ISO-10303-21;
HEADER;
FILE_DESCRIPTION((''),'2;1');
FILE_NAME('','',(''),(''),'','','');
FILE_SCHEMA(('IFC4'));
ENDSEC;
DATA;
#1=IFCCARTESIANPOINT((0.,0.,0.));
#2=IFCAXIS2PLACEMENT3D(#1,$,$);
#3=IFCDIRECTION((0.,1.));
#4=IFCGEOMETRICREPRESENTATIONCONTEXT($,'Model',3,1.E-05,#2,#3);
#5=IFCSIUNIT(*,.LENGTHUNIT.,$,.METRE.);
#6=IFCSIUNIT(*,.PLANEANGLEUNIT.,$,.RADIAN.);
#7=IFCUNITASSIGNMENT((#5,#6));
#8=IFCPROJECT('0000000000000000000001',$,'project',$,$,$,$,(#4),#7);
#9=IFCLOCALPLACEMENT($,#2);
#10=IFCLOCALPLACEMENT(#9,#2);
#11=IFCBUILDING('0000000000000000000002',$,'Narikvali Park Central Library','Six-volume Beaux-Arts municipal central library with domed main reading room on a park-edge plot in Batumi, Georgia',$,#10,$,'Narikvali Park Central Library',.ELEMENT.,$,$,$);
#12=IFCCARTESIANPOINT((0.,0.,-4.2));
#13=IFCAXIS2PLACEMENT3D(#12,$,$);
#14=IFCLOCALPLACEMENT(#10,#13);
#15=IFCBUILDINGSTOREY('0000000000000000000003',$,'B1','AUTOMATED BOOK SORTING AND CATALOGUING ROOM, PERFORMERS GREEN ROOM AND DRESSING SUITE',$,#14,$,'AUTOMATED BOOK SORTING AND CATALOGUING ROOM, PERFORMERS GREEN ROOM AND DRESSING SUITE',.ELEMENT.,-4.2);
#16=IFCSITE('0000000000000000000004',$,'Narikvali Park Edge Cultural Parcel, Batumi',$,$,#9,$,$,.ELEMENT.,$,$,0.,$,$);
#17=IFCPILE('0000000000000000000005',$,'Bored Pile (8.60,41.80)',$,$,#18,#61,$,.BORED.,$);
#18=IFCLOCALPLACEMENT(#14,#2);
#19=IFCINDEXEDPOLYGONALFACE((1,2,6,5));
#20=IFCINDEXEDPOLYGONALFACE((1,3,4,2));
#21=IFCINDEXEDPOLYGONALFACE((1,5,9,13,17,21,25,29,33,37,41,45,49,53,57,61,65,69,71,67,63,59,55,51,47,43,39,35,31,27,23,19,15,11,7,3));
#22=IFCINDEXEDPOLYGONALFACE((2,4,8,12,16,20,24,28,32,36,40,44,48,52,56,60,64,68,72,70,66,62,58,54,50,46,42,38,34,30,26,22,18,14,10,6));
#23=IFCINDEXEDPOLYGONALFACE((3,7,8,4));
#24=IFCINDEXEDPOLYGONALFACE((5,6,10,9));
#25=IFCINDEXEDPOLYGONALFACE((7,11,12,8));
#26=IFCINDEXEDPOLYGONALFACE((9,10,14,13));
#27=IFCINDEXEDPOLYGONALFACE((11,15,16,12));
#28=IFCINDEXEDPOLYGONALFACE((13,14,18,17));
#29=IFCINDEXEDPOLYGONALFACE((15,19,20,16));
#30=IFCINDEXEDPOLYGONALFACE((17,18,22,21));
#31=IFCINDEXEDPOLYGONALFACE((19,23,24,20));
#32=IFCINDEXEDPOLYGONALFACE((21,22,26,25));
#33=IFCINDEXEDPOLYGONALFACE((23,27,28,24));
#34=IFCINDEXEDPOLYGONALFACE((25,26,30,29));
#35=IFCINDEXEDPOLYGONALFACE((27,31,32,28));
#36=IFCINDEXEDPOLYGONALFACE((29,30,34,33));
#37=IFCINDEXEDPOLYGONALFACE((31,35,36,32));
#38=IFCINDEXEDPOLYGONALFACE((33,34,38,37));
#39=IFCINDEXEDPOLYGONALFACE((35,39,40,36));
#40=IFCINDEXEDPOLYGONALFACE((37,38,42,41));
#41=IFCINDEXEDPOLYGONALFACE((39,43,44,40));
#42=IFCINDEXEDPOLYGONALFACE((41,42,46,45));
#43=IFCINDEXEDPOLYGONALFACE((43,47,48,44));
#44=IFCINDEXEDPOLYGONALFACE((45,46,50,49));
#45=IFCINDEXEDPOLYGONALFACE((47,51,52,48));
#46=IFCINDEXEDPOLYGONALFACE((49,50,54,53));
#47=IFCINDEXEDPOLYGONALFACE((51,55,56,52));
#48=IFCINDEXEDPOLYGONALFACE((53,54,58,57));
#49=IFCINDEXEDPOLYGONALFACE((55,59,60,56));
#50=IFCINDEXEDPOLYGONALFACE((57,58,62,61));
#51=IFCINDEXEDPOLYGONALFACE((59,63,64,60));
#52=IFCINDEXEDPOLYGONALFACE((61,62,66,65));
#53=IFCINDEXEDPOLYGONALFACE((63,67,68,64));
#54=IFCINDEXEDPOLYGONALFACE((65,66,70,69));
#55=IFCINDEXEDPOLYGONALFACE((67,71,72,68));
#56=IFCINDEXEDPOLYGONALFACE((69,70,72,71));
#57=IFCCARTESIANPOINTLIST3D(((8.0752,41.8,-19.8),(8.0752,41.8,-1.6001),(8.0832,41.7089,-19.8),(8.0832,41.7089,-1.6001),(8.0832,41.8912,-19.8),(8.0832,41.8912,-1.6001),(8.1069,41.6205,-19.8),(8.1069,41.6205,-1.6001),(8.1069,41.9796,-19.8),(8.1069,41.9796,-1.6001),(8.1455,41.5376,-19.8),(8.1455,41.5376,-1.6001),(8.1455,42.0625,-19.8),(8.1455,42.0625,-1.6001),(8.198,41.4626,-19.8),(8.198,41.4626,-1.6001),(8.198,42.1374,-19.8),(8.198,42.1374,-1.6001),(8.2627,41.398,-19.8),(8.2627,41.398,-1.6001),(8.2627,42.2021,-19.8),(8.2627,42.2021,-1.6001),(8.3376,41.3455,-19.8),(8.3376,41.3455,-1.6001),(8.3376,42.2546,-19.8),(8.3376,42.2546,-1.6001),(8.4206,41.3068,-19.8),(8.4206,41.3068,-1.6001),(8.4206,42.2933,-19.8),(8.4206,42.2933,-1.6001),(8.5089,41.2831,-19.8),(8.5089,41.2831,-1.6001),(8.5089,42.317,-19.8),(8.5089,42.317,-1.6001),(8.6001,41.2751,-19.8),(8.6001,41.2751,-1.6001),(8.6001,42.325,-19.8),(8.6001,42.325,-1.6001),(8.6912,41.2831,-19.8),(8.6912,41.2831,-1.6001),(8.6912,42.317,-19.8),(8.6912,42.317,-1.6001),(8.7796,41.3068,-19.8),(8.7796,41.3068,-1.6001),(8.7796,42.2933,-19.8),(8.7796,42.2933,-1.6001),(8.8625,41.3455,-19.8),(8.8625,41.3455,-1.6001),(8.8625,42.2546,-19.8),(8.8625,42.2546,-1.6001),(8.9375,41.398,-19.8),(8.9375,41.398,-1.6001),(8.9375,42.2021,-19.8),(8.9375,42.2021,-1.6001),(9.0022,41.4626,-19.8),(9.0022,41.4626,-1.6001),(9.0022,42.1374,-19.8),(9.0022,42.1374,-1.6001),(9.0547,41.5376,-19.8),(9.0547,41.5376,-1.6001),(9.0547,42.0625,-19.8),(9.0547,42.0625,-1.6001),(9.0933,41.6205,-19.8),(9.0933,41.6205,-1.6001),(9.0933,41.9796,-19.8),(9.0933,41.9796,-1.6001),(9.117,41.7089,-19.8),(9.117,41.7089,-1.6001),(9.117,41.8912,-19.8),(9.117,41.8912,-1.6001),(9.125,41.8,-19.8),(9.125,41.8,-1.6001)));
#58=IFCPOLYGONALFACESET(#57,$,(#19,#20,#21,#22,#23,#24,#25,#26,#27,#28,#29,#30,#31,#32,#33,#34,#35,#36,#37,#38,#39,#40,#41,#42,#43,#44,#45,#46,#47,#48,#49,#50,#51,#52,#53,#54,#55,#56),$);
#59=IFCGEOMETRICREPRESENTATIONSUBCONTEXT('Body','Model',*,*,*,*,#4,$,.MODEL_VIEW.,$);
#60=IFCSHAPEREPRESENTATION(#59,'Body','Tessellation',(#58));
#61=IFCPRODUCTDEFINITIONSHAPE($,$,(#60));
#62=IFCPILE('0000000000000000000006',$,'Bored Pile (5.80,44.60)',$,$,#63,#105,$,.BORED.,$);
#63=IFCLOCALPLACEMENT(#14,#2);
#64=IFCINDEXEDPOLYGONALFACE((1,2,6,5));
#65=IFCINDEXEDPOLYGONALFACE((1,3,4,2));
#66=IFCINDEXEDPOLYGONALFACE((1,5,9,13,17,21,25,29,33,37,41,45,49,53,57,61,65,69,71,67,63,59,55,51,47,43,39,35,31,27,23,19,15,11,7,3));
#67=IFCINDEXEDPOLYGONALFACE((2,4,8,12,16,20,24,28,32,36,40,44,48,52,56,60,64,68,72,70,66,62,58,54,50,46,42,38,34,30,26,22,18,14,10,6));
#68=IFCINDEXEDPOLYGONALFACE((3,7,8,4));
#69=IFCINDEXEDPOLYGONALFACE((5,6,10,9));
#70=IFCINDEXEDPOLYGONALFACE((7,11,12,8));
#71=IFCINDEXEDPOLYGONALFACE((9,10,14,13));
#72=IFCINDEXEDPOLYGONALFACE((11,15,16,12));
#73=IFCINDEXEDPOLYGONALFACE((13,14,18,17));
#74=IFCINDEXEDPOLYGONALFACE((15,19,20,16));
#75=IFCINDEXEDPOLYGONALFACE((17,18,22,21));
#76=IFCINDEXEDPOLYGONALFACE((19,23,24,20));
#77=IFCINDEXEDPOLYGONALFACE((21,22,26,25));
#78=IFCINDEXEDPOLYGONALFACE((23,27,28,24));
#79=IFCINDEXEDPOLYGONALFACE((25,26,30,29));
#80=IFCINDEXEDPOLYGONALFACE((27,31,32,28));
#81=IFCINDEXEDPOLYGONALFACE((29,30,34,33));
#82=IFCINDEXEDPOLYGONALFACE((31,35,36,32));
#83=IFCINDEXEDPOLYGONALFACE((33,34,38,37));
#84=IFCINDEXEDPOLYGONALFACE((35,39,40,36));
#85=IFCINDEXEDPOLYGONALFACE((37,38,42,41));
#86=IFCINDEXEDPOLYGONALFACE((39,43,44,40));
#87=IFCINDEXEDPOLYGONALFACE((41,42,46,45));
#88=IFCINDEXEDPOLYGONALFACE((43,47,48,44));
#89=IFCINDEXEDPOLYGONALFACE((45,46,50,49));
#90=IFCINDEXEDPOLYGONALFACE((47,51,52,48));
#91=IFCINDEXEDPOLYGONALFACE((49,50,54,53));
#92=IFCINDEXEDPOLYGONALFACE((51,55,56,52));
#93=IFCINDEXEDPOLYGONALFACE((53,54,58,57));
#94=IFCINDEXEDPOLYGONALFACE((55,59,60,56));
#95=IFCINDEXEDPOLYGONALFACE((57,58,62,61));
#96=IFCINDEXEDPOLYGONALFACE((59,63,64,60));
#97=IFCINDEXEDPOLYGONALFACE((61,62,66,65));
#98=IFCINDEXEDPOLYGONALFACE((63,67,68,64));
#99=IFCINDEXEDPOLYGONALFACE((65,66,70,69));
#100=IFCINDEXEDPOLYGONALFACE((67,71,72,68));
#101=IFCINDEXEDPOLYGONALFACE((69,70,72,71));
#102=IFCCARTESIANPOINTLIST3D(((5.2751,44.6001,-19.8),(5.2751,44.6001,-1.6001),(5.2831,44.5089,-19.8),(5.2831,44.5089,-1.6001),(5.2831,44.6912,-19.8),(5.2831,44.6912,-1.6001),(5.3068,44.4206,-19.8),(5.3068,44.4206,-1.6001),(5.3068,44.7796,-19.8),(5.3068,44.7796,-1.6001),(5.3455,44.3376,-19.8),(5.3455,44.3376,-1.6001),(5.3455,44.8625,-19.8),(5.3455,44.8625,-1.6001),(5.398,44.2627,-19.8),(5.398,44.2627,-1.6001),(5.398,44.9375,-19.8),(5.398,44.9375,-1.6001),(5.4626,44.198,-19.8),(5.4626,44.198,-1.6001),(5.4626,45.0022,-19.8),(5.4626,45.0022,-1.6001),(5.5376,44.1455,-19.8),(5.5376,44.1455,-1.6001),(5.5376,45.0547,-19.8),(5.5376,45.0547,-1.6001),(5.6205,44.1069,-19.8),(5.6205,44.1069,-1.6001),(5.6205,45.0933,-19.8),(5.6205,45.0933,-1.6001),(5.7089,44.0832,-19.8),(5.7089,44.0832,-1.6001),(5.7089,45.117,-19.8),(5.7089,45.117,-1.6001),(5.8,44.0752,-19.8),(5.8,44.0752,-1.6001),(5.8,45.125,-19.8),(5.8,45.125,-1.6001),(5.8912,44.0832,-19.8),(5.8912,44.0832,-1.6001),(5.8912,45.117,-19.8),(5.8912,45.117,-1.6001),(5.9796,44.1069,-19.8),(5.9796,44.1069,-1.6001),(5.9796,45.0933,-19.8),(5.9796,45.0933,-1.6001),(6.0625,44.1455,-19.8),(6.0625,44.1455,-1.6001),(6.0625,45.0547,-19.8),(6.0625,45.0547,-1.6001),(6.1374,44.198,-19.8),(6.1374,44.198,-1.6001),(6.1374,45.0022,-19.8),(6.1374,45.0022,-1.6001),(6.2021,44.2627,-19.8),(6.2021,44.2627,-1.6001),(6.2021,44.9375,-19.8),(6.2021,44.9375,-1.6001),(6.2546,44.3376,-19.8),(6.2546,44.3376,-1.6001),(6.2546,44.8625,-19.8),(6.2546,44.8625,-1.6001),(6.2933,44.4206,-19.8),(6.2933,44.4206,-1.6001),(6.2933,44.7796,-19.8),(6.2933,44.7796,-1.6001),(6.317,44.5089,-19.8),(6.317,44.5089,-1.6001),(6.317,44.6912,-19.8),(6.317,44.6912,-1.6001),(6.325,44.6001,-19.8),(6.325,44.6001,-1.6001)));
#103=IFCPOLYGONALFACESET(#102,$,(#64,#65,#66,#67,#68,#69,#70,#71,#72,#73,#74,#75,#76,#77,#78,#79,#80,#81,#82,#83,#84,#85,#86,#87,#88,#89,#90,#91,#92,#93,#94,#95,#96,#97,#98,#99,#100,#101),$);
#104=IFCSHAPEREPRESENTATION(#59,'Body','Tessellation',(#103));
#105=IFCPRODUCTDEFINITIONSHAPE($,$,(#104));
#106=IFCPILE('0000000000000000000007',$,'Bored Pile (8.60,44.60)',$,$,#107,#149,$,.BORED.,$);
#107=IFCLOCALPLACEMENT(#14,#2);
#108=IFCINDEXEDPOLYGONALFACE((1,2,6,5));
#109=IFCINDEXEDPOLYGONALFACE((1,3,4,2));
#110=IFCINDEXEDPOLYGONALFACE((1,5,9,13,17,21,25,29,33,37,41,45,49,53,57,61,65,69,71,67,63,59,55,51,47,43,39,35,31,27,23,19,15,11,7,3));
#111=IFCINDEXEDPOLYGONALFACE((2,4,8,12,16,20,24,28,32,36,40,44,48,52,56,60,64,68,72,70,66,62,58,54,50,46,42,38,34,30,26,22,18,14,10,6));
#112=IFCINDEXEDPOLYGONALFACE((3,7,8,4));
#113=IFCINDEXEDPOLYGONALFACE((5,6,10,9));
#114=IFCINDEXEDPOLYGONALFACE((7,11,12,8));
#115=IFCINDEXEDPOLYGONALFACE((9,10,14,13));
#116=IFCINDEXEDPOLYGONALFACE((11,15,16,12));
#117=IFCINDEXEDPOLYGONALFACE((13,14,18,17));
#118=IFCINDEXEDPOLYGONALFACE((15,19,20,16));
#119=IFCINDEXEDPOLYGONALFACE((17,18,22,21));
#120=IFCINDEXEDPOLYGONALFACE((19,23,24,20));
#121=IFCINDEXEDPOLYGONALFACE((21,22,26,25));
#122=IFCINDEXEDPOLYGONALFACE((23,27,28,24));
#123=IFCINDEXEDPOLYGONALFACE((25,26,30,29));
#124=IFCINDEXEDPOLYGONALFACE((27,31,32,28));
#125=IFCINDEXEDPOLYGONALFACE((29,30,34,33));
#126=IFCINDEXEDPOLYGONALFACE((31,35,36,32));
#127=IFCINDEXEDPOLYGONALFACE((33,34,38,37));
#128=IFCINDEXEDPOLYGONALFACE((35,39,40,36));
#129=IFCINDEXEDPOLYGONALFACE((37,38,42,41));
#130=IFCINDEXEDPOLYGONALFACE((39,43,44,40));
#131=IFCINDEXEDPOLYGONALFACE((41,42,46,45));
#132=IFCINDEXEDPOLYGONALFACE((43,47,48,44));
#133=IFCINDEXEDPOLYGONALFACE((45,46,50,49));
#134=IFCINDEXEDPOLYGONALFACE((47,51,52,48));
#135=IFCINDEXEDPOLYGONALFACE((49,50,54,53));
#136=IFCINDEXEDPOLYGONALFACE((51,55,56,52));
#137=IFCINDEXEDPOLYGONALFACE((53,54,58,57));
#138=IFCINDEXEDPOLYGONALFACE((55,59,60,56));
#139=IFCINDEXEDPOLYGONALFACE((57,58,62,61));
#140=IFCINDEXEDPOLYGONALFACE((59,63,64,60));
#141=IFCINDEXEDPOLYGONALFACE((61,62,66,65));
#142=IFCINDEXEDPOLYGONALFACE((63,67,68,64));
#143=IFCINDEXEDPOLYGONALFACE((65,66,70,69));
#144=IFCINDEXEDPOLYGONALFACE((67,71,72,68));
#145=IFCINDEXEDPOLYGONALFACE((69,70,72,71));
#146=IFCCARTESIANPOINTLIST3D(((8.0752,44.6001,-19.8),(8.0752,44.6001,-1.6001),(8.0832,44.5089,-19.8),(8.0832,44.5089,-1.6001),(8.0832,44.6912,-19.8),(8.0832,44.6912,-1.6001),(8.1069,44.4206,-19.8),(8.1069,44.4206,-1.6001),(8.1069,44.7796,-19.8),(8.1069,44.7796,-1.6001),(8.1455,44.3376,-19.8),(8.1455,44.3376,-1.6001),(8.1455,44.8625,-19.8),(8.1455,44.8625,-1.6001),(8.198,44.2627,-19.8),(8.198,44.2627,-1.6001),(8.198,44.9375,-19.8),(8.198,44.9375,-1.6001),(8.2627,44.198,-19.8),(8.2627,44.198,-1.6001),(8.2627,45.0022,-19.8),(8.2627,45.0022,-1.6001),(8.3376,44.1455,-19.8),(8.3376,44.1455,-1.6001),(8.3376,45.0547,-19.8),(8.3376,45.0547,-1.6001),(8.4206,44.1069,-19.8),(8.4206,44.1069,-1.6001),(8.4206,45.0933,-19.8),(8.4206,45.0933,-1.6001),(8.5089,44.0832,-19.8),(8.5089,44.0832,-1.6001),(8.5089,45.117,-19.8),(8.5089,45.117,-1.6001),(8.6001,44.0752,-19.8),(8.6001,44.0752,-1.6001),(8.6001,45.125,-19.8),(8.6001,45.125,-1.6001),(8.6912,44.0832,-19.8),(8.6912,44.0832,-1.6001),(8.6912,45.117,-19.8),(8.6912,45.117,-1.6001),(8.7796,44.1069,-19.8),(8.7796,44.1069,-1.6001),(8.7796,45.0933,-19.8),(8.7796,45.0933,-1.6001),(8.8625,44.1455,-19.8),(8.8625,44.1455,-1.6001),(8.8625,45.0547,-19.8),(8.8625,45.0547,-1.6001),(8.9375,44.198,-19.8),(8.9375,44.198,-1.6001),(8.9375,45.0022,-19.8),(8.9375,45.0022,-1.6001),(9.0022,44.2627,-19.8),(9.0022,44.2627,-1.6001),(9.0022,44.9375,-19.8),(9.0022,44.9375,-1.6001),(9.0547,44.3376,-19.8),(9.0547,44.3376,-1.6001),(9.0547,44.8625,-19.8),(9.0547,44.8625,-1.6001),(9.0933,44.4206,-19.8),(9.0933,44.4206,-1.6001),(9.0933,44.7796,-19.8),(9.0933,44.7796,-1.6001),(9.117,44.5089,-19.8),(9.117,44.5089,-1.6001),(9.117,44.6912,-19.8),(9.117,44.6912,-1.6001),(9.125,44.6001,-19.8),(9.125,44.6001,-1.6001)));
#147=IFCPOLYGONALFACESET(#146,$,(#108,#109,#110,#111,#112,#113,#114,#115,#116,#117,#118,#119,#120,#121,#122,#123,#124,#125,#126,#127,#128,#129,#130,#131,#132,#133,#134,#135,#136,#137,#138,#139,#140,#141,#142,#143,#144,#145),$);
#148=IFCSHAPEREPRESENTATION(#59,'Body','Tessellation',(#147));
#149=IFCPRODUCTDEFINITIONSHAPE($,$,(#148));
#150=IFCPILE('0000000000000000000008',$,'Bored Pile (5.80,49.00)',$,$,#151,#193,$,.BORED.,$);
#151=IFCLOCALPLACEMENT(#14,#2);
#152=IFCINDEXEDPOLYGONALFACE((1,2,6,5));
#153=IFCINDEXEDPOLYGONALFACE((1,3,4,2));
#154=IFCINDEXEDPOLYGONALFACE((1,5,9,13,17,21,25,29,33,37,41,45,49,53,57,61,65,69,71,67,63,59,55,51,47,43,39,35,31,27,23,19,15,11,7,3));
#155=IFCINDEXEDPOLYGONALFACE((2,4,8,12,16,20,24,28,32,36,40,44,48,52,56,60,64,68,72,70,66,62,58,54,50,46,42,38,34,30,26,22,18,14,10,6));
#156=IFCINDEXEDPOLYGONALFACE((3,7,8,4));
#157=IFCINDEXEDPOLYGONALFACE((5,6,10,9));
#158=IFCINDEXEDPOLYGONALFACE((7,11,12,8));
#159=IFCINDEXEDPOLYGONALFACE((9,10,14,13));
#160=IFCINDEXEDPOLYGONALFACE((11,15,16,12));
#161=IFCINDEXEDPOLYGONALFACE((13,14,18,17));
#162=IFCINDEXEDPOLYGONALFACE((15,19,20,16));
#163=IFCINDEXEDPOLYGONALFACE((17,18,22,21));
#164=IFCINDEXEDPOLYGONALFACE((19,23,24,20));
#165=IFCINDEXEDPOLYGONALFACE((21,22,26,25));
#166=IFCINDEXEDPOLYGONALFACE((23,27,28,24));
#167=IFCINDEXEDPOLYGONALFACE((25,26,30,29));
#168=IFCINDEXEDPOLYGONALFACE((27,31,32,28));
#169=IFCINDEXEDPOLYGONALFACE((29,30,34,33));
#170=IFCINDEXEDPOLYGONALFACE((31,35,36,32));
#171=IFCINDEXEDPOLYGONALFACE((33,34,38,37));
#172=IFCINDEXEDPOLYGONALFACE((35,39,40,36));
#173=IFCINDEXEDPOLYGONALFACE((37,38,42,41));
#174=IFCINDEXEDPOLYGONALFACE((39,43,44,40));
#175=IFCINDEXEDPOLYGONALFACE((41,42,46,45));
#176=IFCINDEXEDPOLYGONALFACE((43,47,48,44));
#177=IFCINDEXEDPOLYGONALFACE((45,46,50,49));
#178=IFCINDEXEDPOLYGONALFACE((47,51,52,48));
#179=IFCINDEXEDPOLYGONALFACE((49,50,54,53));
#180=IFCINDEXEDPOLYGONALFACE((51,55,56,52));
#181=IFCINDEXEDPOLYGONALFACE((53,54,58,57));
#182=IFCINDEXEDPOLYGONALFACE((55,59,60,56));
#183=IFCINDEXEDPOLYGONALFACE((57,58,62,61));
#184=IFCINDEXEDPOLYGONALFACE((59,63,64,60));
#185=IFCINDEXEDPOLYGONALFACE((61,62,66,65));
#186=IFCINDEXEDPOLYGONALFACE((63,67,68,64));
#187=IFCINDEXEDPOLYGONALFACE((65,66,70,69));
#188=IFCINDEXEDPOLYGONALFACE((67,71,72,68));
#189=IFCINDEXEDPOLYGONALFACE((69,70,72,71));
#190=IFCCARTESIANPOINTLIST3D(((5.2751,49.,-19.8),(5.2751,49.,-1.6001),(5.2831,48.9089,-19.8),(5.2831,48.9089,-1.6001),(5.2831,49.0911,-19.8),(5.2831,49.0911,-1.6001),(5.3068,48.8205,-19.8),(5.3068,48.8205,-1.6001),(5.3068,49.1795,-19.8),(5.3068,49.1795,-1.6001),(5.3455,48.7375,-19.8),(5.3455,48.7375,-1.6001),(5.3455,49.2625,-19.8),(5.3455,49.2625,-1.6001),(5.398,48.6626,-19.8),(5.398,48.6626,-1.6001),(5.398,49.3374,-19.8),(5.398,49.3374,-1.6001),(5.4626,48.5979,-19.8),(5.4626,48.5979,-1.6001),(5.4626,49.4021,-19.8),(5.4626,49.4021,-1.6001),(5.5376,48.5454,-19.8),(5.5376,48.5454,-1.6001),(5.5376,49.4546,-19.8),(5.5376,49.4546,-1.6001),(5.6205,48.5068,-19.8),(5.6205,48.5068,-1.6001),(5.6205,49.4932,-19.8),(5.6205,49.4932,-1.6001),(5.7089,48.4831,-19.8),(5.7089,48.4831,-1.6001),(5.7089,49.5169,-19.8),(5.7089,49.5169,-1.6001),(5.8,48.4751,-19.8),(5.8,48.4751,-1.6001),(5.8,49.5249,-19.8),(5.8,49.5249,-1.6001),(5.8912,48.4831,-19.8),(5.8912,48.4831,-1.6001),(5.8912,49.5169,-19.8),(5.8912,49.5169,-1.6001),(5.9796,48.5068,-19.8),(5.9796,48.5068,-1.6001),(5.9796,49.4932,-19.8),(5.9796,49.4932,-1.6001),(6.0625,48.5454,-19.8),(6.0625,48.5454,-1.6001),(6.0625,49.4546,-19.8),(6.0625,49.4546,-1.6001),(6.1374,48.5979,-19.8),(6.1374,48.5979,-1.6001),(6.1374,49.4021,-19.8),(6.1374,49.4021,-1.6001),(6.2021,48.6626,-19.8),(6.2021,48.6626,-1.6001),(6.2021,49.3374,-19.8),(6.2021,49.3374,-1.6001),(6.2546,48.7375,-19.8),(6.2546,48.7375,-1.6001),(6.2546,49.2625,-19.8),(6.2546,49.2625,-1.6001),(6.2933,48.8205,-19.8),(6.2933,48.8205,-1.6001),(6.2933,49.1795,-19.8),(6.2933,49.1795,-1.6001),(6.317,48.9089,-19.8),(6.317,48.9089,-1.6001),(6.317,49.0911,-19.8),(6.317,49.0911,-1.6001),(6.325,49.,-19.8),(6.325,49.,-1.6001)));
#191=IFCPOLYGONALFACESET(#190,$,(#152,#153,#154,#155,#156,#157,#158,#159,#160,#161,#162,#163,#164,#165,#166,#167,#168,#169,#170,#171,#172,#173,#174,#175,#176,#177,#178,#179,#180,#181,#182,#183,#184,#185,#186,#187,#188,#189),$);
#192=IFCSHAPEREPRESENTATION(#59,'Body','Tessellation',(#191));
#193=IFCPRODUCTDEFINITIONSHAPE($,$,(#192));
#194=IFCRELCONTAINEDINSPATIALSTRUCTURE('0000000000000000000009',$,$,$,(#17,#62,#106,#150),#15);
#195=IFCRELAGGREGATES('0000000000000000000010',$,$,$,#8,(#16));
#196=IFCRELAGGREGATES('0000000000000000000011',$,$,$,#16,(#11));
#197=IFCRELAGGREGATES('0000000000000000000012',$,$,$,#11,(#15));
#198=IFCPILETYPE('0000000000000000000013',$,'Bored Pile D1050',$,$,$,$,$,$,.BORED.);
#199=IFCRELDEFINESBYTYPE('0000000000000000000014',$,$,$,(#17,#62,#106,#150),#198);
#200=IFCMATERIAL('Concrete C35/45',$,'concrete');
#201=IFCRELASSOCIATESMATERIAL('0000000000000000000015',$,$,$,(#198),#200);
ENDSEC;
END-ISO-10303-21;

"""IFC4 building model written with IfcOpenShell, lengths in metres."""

from ifc_helpers import new_model, si_unit, direction, frame, origin, origin_2d, place, context, subcontext, project, spatial, circle, extrude, material, material_profile, profile_set, type_object, element, save


model = new_model("IFC4")

# Units and contexts
model_context = context("Model", 3, precision=1e-05, world=origin(), true_north=direction((0.0, 1.0)))
body_context = subcontext(model_context, "Body", "Model", "MODEL_VIEW")
ifc_project = project(units=[si_unit("LENGTHUNIT", "METRE"), si_unit("PLANEANGLEUNIT", "RADIAN")], contexts=[model_context])

# Site, building, storey
site_placement = place(None, origin())
site = spatial("IfcSite", under=ifc_project, at=site_placement, Name="Narikvali Park Edge Cultural Parcel, Batumi", CompositionType="ELEMENT", RefElevation=0.0)
building_placement = place(site_placement, origin())
building = spatial("IfcBuilding", under=site, at=building_placement, Name="Narikvali Park Central Library", Description="Six-volume Beaux-Arts municipal central library with domed main reading room on a park-edge plot in Batumi, Georgia", LongName="Narikvali Park Central Library", CompositionType="ELEMENT")
storey_placement = place(building_placement, frame((0.0, 0.0, -4.2)))
storey = spatial("IfcBuildingStorey", under=building, at=storey_placement, Name="B1", Description="AUTOMATED BOOK SORTING AND CATALOGUING ROOM, PERFORMERS GREEN ROOM AND DRESSING SUITE", LongName="AUTOMATED BOOK SORTING AND CATALOGUING ROOM, PERFORMERS GREEN ROOM AND DRESSING SUITE", CompositionType="ELEMENT", Elevation=-4.2)

# Piles
ifc_material_1 = material(Name="Concrete C35/45", Category="concrete")
ifc_material_profile_1 = material_profile(ifc_material_1, circle(Radius=0.5249, at=origin_2d()), Name="PILE D1050")
ifc_profile_set_1 = profile_set([ifc_material_profile_1], Name="Concrete C35/45")
pile_type = type_object("IfcPileType", Name="Bored Pile D1050", PredefinedType="BORED", material=ifc_profile_set_1)
for number, where, z_axis, x_axis, name in (
    (1, (8.6001, 41.8, -1.6001), (0.0, 0.0, -1.0), (1.0, 0.0, 0.0), "Bored Pile (8.60,41.80)"),
    (2, (5.8, 44.6001, -1.6001), (0.0, 0.0, -1.0), (1.0, 0.0, 0.0), "Bored Pile (5.80,44.60)"),
    (3, (8.6001, 44.6001, -1.6001), (0.0, 0.0, -1.0), (1.0, 0.0, 0.0), "Bored Pile (8.60,44.60)"),
    (4, (5.8, 49.0, -1.6001), (0.0, 0.0, -1.0), (1.0, 0.0, 0.0), "Bored Pile (5.80,49.00)"),
):
    element("IfcPile", number, at=place(storey_placement, frame(where, z_axis=z_axis, x_axis=x_axis)), inside=storey, type_object=pile_type, Name=name, PredefinedType="BORED", context=body_context, shape_type="SweptSolid", body=[
        extrude(circle(Radius=0.5249, at=origin_2d()), origin(), (0.0, 0.0, 1.0), 18.2),
    ])

save(model, "model.ifc")
